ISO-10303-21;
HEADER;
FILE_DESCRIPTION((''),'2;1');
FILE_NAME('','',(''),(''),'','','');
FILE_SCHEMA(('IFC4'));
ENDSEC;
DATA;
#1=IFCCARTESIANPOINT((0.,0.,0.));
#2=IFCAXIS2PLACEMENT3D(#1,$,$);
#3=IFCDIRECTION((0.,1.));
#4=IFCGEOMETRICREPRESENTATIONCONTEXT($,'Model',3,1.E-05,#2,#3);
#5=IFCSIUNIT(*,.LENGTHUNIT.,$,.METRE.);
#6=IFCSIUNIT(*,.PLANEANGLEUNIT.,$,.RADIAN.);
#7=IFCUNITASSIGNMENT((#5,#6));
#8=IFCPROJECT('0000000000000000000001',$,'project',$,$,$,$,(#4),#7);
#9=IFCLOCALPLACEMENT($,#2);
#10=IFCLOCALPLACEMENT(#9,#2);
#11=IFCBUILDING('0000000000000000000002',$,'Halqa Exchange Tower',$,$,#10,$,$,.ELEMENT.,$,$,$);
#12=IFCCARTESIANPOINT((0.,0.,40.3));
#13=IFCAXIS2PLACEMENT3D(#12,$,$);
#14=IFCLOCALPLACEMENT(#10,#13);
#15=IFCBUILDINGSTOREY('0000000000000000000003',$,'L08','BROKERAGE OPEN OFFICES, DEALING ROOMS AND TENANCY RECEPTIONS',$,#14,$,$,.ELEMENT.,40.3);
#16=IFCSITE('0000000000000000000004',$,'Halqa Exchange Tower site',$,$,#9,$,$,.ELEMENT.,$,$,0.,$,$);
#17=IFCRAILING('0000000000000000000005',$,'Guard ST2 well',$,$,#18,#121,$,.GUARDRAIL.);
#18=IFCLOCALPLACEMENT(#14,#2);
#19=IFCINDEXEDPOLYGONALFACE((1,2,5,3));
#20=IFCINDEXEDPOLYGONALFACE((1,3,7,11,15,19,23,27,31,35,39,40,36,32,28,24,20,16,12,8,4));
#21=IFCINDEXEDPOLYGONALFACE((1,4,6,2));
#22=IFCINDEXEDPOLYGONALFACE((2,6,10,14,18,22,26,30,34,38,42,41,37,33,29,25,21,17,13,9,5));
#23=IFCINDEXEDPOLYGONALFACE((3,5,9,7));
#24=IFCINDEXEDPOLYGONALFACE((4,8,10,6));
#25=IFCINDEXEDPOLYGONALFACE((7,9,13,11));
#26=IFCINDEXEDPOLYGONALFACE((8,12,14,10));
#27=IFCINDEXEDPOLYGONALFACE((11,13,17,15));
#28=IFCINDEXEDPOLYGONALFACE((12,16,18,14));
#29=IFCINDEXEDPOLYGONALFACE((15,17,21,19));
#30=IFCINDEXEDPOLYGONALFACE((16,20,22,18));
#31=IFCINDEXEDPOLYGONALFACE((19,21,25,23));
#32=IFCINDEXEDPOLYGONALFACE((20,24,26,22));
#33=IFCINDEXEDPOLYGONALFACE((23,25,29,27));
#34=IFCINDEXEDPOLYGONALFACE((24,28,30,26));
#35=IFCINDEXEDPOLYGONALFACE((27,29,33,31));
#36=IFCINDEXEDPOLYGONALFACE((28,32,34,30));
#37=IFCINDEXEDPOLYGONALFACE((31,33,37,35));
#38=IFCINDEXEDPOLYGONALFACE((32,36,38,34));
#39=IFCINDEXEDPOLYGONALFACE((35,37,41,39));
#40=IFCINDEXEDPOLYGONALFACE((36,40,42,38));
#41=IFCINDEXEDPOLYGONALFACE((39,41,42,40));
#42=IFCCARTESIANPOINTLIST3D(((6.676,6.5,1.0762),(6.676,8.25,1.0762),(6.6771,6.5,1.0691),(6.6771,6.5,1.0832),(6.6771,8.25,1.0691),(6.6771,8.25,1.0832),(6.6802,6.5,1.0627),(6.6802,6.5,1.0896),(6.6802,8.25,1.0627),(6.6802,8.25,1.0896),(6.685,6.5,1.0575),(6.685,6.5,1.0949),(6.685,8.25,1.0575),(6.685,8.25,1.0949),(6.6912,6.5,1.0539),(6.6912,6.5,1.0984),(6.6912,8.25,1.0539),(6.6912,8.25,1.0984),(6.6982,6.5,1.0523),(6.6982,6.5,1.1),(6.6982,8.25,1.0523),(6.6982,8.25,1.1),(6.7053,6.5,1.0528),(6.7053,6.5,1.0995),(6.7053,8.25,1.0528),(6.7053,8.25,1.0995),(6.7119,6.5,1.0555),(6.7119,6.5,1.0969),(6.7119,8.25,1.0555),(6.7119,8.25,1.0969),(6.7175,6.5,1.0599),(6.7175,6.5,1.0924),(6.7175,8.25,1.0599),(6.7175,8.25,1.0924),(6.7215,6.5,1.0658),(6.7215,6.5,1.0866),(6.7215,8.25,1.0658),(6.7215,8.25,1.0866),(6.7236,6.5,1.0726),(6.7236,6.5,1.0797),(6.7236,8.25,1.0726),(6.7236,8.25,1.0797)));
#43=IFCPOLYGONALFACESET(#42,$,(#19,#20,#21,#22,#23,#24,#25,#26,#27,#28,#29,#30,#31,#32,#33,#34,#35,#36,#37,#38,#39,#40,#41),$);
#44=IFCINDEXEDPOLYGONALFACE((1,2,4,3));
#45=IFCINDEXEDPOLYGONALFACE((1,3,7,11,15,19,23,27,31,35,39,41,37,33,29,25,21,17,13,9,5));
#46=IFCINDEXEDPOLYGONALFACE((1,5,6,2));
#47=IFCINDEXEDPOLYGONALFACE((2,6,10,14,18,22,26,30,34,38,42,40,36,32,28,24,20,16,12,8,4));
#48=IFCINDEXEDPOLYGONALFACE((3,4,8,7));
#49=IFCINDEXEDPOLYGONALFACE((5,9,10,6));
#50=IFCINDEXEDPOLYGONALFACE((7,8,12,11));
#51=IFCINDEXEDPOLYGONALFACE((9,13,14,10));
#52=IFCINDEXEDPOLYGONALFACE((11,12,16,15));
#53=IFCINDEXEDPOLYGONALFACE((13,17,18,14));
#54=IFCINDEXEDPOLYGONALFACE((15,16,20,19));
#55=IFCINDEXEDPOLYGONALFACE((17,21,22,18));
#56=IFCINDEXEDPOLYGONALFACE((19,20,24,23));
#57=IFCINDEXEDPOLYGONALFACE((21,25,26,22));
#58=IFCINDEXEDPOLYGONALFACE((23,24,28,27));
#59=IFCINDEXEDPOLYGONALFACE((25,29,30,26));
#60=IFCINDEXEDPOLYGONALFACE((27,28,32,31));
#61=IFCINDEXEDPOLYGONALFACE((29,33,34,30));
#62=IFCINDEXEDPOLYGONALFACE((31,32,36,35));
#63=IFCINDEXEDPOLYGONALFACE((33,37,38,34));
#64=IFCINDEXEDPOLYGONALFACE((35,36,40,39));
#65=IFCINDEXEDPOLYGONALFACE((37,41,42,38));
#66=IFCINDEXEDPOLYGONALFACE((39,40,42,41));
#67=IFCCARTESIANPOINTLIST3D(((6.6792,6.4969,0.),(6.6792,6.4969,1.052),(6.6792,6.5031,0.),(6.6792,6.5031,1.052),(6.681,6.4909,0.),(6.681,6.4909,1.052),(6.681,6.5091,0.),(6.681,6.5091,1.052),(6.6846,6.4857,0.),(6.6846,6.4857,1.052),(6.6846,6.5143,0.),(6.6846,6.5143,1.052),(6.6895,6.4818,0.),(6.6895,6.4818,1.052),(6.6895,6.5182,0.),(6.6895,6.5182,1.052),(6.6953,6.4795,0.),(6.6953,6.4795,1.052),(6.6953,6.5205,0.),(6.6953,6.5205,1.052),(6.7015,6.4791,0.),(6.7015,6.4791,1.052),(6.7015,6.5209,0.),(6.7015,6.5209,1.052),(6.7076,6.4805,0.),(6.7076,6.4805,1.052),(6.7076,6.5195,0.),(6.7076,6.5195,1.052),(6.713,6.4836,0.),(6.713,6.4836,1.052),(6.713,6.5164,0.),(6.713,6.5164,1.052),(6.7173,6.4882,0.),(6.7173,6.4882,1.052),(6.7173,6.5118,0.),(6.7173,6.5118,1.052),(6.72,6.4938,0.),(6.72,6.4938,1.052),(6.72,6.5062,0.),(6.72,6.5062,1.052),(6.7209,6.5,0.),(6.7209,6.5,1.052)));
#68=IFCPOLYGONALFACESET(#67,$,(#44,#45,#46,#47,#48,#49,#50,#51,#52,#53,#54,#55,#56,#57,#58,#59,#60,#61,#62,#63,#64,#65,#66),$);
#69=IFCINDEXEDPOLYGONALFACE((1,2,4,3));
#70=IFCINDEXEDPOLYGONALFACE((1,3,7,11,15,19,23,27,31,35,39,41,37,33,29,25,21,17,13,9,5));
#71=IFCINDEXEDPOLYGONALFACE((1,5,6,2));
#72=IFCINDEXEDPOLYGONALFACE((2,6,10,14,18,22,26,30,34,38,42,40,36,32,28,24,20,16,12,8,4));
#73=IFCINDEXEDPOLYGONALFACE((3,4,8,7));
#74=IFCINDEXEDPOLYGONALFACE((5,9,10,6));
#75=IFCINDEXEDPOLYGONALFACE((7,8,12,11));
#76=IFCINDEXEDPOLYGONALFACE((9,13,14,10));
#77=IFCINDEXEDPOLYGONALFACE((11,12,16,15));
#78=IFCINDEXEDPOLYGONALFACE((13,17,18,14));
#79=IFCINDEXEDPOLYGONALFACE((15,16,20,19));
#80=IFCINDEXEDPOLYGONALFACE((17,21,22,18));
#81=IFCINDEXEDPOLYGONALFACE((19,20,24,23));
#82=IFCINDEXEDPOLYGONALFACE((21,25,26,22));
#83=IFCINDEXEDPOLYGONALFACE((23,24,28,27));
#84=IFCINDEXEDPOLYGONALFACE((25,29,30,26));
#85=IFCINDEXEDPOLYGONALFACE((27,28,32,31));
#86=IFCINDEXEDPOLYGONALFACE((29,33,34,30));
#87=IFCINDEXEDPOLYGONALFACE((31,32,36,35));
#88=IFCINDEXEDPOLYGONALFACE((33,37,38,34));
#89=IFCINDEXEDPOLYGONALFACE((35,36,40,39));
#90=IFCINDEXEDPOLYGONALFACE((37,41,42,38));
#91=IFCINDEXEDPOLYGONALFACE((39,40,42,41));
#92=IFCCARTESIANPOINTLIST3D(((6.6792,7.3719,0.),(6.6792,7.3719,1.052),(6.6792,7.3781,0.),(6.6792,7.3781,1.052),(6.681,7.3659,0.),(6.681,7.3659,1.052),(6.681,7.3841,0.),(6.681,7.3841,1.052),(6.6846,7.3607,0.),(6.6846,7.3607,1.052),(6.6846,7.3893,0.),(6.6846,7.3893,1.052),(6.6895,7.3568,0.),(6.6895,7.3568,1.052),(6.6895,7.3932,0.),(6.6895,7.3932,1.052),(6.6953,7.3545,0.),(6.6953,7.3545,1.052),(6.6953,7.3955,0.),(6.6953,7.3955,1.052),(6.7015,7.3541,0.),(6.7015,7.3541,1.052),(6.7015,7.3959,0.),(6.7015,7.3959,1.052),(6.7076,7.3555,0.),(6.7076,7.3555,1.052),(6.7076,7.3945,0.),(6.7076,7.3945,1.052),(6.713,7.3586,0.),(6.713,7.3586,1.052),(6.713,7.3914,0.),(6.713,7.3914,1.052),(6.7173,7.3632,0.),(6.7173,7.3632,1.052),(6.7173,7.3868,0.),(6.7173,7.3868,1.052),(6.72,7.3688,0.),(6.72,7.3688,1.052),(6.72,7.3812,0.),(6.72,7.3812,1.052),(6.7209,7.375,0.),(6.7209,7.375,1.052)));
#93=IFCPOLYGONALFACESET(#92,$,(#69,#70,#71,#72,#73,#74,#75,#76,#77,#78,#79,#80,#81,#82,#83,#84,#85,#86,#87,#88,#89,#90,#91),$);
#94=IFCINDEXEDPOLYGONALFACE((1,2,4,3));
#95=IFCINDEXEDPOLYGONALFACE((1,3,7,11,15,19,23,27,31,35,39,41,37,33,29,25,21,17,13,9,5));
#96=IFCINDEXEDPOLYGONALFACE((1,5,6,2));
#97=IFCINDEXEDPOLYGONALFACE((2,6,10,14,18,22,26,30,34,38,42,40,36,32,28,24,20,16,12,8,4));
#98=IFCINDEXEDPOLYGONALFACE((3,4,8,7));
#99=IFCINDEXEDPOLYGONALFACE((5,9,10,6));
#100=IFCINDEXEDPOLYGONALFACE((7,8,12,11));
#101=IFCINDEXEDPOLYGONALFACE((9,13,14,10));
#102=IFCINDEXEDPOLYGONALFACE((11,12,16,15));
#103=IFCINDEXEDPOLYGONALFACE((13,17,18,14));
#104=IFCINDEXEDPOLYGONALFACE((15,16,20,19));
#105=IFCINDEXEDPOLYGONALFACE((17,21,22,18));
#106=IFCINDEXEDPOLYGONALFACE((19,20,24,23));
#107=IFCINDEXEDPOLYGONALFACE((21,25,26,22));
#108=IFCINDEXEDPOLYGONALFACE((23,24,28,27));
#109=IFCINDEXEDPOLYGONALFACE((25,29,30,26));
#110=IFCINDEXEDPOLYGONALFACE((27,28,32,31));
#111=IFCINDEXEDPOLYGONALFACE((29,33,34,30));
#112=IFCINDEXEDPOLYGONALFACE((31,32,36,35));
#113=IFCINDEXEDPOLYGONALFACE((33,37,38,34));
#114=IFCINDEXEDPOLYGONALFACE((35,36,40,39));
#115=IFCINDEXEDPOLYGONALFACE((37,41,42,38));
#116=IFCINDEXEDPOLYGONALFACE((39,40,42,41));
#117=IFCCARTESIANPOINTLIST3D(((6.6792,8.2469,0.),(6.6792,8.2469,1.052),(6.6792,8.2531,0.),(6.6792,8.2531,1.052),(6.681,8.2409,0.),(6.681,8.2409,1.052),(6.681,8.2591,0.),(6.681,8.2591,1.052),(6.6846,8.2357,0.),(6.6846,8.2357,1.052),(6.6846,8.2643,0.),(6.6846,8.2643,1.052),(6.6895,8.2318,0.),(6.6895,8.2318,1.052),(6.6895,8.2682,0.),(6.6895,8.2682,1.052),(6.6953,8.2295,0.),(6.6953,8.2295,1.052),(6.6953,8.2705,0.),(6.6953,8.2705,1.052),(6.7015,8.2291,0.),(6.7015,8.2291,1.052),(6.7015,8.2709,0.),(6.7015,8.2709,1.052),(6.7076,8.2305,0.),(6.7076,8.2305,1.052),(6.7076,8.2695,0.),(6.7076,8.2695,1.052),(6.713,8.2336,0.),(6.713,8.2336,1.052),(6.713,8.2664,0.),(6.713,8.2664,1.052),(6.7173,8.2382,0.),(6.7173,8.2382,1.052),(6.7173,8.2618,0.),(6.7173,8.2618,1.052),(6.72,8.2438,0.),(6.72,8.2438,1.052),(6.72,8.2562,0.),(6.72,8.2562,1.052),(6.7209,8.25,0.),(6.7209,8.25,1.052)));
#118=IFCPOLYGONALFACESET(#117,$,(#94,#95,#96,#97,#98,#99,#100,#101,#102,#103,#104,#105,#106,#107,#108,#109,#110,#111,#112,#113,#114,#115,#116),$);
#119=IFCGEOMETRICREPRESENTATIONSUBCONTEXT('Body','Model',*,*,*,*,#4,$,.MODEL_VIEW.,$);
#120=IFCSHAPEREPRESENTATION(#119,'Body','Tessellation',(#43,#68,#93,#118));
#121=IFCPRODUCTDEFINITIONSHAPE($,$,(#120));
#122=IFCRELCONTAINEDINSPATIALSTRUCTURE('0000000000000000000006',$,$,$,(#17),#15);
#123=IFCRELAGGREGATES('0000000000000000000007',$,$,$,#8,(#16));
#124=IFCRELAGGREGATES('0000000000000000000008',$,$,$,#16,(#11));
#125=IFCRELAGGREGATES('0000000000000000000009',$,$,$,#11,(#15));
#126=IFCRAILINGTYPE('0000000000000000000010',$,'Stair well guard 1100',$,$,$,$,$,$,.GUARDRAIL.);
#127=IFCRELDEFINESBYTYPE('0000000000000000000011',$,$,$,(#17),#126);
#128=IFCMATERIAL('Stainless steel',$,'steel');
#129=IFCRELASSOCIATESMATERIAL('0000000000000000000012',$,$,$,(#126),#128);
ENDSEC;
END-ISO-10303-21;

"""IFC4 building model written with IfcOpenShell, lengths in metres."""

from ifc_helpers import new_model, si_unit, direction, frame, origin, origin_2d, place, context, subcontext, project, spatial, circle, extrude, material, type_object, element, save


model = new_model("IFC4")

# Units and contexts
model_context = context("Model", 3, precision=1e-05, world=origin(), true_north=direction((0.0, 1.0)))
body_context = subcontext(model_context, "Body", "Model", "MODEL_VIEW")
ifc_project = project(units=[si_unit("LENGTHUNIT", "METRE"), si_unit("PLANEANGLEUNIT", "RADIAN")], contexts=[model_context])

# Site, building, storey
site_placement = place(None, origin())
site = spatial("IfcSite", under=ifc_project, at=site_placement, Name="Halqa Exchange Tower site", CompositionType="ELEMENT", RefElevation=0.0)
building_placement = place(site_placement, origin())
building = spatial("IfcBuilding", under=site, at=building_placement, Name="Halqa Exchange Tower", CompositionType="ELEMENT")
storey_placement = place(building_placement, frame((0.0, 0.0, 40.3)))
storey = spatial("IfcBuildingStorey", under=building, at=storey_placement, Name="L08", Description="BROKERAGE OPEN OFFICES, DEALING ROOMS AND TENANCY RECEPTIONS", CompositionType="ELEMENT", Elevation=40.3)

# Railing
ifc_material_1 = material(Name="Stainless steel", Category="steel")
railing_type_1 = type_object("IfcRailingType", Name="Stair well guard 1100", PredefinedType="GUARDRAIL", material=ifc_material_1)
railing_1_placement = place(storey_placement, frame((6.7, 6.5, 0.0)))
element("IfcRailing", 1, at=railing_1_placement, inside=storey, type_object=railing_type_1, Name="Guard ST2 well", PredefinedType="GUARDRAIL", context=body_context, shape_type="SweptSolid", body=[
    extrude(circle(Radius=0.0239, at=origin_2d()), frame((0.0, 0.0, 1.0762), z_axis=(0.0, 1.0, 0.0), x_axis=(-1.0, 0.0, 0.0)), (0.0, 0.0, 1.0), 1.75),
    extrude(circle(Radius=0.021, at=origin_2d()), origin(), (0.0, 0.0, 1.0), 1.052),
    extrude(circle(Radius=0.021, at=origin_2d()), frame((0.0, 0.875, 0.0)), (0.0, 0.0, 1.0), 1.052),
    extrude(circle(Radius=0.021, at=origin_2d()), frame((0.0, 1.75, 0.0)), (0.0, 0.0, 1.0), 1.052),
])

save(model, "model.ifc")
